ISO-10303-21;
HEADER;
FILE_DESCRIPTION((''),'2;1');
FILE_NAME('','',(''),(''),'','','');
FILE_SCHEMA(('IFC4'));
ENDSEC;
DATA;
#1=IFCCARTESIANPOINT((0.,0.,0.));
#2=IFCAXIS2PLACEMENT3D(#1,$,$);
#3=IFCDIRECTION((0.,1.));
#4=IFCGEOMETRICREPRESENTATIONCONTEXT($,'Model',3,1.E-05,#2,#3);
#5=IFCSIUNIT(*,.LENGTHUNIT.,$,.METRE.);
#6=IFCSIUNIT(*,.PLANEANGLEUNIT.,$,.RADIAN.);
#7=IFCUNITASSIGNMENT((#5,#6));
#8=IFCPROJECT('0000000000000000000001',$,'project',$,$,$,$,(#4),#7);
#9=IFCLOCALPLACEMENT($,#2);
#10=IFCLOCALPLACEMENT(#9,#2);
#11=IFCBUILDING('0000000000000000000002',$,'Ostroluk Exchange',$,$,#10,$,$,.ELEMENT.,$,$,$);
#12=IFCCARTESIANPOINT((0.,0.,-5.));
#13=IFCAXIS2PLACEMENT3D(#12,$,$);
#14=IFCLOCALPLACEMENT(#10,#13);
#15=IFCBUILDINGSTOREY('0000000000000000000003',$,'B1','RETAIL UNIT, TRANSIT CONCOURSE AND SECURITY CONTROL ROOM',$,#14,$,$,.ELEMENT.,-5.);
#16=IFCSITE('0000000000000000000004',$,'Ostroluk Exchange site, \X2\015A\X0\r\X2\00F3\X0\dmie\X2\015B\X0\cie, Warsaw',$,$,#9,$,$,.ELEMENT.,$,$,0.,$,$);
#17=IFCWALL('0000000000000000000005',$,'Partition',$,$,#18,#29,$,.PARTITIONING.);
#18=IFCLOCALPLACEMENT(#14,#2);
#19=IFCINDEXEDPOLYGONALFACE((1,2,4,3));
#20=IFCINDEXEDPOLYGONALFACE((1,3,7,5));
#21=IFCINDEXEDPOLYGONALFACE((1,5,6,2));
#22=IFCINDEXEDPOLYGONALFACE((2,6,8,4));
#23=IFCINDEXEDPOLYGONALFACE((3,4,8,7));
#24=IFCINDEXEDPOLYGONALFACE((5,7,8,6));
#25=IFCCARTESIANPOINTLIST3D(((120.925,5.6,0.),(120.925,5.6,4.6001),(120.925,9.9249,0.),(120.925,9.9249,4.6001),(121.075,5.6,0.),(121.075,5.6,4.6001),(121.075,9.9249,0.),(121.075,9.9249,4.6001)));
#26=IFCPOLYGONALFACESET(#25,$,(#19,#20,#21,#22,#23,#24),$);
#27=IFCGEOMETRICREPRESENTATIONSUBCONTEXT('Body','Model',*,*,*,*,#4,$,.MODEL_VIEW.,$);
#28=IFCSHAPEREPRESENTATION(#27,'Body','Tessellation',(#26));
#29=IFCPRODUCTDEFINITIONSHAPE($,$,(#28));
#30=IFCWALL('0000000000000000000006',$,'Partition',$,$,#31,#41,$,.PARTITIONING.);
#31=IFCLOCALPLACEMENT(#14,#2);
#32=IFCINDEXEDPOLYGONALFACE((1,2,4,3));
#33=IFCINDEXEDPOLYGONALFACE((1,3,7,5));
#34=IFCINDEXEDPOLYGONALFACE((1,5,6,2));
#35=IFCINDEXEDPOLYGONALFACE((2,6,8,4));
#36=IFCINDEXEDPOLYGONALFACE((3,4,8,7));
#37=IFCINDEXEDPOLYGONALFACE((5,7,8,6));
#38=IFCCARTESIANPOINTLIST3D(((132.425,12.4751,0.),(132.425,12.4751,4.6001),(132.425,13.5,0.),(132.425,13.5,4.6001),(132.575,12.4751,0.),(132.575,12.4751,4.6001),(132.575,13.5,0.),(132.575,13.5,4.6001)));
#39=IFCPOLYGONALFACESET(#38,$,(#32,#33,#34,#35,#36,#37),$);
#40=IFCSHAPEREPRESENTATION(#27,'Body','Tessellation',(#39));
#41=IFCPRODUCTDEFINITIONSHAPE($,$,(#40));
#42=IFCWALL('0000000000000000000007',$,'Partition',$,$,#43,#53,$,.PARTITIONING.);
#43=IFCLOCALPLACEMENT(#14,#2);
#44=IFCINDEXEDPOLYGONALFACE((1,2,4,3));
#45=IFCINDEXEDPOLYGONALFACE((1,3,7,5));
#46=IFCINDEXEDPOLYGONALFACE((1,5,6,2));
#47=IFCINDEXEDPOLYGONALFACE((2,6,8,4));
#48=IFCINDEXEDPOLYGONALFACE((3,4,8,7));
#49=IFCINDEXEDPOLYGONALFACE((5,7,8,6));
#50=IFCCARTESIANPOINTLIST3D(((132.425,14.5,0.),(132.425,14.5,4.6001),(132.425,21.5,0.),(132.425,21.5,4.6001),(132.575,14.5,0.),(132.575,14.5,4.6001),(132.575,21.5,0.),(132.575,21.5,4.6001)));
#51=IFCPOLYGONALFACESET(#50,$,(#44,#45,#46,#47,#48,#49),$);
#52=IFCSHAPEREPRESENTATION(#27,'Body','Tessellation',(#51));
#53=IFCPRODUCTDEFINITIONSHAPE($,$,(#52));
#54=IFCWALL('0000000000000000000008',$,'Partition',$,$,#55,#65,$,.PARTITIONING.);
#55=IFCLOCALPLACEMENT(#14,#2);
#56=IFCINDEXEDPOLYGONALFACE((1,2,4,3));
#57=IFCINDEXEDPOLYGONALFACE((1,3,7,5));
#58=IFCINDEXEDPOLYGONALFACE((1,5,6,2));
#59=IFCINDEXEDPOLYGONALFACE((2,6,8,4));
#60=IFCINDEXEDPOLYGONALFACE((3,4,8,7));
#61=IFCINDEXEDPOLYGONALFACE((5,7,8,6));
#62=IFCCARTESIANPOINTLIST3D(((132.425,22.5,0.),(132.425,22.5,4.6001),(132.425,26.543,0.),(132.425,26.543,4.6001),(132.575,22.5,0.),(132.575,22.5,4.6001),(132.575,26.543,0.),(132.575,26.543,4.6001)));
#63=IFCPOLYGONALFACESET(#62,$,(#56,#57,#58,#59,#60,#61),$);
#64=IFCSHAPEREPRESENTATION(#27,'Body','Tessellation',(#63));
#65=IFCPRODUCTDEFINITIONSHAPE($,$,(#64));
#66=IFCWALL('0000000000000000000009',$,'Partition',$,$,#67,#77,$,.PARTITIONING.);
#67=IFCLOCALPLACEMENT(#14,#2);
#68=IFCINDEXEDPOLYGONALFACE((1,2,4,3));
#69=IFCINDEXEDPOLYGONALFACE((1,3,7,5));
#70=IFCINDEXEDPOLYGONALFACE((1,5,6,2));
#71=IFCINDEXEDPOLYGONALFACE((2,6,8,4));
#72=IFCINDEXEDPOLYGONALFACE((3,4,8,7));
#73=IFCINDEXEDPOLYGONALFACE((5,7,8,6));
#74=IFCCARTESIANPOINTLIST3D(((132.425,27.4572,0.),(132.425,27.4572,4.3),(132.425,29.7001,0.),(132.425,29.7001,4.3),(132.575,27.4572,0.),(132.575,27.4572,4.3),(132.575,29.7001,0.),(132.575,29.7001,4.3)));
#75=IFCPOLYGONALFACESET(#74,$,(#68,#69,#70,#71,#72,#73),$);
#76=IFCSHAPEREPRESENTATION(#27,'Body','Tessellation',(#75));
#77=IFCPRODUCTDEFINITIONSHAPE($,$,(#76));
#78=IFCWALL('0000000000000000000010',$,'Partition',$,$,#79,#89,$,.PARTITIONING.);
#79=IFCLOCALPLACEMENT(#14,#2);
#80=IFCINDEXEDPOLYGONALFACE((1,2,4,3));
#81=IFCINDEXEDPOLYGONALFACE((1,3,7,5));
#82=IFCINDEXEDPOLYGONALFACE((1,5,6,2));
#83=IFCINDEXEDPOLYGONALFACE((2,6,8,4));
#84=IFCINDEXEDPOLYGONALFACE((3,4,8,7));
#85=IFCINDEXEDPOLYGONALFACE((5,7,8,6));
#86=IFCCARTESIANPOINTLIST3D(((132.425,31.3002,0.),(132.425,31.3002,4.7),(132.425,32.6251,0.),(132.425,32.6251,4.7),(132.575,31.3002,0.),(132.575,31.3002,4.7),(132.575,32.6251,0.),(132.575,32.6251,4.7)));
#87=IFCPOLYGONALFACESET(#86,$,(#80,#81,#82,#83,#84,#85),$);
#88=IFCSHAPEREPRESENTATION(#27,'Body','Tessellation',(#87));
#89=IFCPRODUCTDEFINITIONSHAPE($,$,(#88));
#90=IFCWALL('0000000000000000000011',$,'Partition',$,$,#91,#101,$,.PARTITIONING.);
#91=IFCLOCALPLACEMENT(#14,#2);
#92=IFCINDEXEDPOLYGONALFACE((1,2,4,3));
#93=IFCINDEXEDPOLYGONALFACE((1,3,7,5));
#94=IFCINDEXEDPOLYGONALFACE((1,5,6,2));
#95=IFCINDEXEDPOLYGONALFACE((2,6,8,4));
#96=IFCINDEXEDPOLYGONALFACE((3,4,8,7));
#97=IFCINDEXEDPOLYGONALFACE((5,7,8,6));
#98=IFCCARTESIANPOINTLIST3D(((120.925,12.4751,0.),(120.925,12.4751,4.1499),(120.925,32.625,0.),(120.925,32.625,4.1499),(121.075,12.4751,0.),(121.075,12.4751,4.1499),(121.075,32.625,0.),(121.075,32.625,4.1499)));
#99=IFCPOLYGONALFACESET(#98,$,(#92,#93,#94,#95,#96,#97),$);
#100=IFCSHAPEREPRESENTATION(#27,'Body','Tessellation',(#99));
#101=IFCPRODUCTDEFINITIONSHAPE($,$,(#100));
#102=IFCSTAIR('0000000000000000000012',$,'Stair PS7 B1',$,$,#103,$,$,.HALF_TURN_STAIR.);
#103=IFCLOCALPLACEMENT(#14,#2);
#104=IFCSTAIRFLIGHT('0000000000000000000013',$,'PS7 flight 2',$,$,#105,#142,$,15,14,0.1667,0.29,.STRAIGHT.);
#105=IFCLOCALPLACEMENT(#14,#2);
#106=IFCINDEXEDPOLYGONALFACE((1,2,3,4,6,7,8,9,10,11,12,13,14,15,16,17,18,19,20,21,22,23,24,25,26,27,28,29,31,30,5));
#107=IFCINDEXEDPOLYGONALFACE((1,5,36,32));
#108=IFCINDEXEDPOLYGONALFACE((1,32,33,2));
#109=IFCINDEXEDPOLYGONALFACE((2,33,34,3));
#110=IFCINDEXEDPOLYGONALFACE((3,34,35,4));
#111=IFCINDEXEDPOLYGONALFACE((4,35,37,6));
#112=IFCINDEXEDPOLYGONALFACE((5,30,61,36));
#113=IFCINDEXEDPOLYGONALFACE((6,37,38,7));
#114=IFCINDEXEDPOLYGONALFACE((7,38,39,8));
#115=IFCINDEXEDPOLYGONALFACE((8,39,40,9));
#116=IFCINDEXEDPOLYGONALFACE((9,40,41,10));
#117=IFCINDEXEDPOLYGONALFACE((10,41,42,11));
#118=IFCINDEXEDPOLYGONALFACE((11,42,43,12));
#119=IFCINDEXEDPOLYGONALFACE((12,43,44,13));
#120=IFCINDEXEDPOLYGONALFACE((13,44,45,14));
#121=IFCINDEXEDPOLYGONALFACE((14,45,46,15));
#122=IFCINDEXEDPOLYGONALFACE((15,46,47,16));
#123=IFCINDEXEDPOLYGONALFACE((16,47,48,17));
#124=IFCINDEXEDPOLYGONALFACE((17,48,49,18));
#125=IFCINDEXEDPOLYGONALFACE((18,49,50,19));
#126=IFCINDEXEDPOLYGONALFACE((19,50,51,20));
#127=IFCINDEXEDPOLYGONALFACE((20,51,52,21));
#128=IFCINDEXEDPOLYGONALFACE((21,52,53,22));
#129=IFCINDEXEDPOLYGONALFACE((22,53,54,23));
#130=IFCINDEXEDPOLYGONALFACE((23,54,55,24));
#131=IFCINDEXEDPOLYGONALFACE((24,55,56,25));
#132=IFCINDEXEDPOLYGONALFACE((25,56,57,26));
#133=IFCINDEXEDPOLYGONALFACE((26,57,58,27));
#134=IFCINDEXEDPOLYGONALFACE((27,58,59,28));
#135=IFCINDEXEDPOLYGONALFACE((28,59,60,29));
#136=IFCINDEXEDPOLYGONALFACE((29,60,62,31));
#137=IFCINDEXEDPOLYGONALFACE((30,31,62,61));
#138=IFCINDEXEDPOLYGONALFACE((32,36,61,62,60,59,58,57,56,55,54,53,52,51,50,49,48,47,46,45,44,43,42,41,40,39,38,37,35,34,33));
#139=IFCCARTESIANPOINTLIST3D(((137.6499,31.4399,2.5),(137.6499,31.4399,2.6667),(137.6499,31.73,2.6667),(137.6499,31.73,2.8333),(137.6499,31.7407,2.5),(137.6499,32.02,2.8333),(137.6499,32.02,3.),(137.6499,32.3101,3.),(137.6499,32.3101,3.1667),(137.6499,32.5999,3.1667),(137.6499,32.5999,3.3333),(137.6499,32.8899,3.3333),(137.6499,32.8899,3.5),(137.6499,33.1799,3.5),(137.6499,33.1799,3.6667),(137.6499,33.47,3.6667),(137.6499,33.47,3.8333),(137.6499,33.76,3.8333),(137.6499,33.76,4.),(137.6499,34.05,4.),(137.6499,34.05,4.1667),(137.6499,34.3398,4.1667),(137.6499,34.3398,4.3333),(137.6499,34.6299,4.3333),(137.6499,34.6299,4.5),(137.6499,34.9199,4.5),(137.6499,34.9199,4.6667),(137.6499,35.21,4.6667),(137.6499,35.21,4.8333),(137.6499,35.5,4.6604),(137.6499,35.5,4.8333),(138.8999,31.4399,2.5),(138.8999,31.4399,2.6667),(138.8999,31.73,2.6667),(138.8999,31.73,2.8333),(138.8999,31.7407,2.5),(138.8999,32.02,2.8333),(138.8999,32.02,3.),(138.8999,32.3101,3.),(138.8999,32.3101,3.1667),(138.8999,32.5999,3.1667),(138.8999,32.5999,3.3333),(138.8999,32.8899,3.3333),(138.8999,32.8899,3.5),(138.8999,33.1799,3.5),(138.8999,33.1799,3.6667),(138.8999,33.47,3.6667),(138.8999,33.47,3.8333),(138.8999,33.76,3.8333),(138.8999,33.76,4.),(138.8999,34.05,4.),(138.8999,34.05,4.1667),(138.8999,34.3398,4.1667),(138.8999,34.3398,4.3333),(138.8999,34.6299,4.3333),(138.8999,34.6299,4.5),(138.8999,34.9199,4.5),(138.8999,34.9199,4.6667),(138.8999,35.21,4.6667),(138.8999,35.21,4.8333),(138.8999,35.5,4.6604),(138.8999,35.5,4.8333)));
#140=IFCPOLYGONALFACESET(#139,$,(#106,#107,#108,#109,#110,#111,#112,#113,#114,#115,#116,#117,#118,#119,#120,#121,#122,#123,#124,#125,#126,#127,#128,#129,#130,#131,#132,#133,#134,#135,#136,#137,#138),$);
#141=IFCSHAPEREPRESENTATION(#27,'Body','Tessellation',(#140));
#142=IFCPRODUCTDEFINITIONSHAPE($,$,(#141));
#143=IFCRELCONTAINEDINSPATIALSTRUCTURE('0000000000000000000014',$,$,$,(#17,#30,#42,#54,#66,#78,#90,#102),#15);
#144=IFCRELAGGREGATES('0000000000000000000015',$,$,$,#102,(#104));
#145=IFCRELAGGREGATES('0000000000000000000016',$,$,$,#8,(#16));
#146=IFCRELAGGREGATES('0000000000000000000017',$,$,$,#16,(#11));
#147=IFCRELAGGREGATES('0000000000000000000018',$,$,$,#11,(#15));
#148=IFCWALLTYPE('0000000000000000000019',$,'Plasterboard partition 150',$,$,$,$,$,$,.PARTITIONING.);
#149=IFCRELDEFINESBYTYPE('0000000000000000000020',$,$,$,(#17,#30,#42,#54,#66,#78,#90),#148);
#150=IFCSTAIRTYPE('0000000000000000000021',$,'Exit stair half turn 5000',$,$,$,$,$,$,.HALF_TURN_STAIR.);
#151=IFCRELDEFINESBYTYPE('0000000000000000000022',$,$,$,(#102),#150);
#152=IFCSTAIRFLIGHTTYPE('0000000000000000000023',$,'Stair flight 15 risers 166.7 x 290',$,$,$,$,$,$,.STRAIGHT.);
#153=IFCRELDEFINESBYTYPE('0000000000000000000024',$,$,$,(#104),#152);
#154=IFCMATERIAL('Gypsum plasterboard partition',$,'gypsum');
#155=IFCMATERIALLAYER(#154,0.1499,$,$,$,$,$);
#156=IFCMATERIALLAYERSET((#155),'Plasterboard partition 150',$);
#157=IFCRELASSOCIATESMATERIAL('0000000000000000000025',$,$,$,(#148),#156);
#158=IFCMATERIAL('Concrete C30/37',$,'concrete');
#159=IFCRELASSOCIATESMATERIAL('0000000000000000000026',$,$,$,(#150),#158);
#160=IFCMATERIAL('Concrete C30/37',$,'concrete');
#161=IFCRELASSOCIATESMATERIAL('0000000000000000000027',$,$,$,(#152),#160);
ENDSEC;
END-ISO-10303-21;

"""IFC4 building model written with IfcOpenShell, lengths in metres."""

from ifc_helpers import new_model, si_unit, direction, frame, frame_2d, origin, place, context, subcontext, project, spatial, polyline, rectangle, outline, extrude, material, layer, layer_set, type_object, element, aggregate, save


model = new_model("IFC4")

# Units and contexts
model_context = context("Model", 3, precision=1e-05, world=origin(), true_north=direction((0.0, 1.0)))
body_context = subcontext(model_context, "Body", "Model", "MODEL_VIEW")
ifc_project = project(units=[si_unit("LENGTHUNIT", "METRE"), si_unit("PLANEANGLEUNIT", "RADIAN")], contexts=[model_context])

# Site, building, storey
site_placement = place(None, origin())
site = spatial("IfcSite", under=ifc_project, at=site_placement, Name="Ostroluk Exchange site, Śródmieście, Warsaw", CompositionType="ELEMENT", RefElevation=0.0)
building_placement = place(site_placement, origin())
building = spatial("IfcBuilding", under=site, at=building_placement, Name="Ostroluk Exchange", CompositionType="ELEMENT")
storey_placement = place(building_placement, frame((0.0, 0.0, -5.0)))
storey = spatial("IfcBuildingStorey", under=building, at=storey_placement, Name="B1", Description="RETAIL UNIT, TRANSIT CONCOURSE AND SECURITY CONTROL ROOM", CompositionType="ELEMENT", Elevation=-5.0)

# Walls
ifc_material_1 = material(Name="Gypsum plasterboard partition", Category="gypsum")
ifc_layer_1 = layer(ifc_material_1, 0.1499)
ifc_layer_set_1 = layer_set([ifc_layer_1], Name="Plasterboard partition 150")
wall_type_1 = type_object("IfcWallType", Name="Plasterboard partition 150", PredefinedType="PARTITIONING", material=ifc_layer_set_1)
wall_1_placement = place(storey_placement, frame((121.0, 9.925, 0.0), z_axis=(0.0, 0.0, 1.0), x_axis=(0.0, -1.0, 0.0)))
element("IfcWall", 1, at=wall_1_placement, inside=storey, type_object=wall_type_1, Name="Partition", PredefinedType="PARTITIONING", context=body_context, shape_type="SweptSolid", body=[
    extrude(rectangle(XDim=4.325, YDim=0.1499, at=frame_2d((2.1626, 0.0))), origin(), (0.0, 0.0, 1.0), 4.6001),
])
wall_2_placement = place(storey_placement, frame((132.5, 12.4751, 0.0), z_axis=(0.0, 0.0, 1.0), x_axis=(0.0, 1.0, 0.0)))
element("IfcWall", 2, at=wall_2_placement, inside=storey, type_object=wall_type_1, Name="Partition", PredefinedType="PARTITIONING", context=body_context, shape_type="SweptSolid", body=[
    extrude(rectangle(XDim=1.0249, YDim=0.1499, at=frame_2d((0.5125, 0.0))), origin(), (0.0, 0.0, 1.0), 4.6001),
])
wall_3_placement = place(storey_placement, frame((132.5, 14.5, 0.0), z_axis=(0.0, 0.0, 1.0), x_axis=(0.0, 1.0, 0.0)))
element("IfcWall", 3, at=wall_3_placement, inside=storey, type_object=wall_type_1, Name="Partition", PredefinedType="PARTITIONING", context=body_context, shape_type="SweptSolid", body=[
    extrude(rectangle(XDim=7.0, YDim=0.1499, at=frame_2d((3.5, 0.0))), origin(), (0.0, 0.0, 1.0), 4.6001),
])
wall_4_placement = place(storey_placement, frame((132.5, 22.5, 0.0), z_axis=(0.0, 0.0, 1.0), x_axis=(0.0, 1.0, 0.0)))
element("IfcWall", 4, at=wall_4_placement, inside=storey, type_object=wall_type_1, Name="Partition", PredefinedType="PARTITIONING", context=body_context, shape_type="SweptSolid", body=[
    extrude(rectangle(XDim=4.043, YDim=0.1499, at=frame_2d((2.0215, 0.0))), origin(), (0.0, 0.0, 1.0), 4.6001),
])
wall_5_placement = place(storey_placement, frame((132.5, 27.457, 0.0), z_axis=(0.0, 0.0, 1.0), x_axis=(0.0, 1.0, 0.0)))
element("IfcWall", 5, at=wall_5_placement, inside=storey, type_object=wall_type_1, Name="Partition", PredefinedType="PARTITIONING", context=body_context, shape_type="SweptSolid", body=[
    extrude(rectangle(XDim=2.2429, YDim=0.1499, at=frame_2d((1.1216, 0.0))), origin(), (0.0, 0.0, 1.0), 4.3),
])
wall_6_placement = place(storey_placement, frame((132.5, 31.3, 0.0), z_axis=(0.0, 0.0, 1.0), x_axis=(0.0, 1.0, 0.0)))
element("IfcWall", 6, at=wall_6_placement, inside=storey, type_object=wall_type_1, Name="Partition", PredefinedType="PARTITIONING", context=body_context, shape_type="SweptSolid", body=[
    extrude(rectangle(XDim=1.325, YDim=0.1499, at=frame_2d((0.6626, 0.0))), origin(), (0.0, 0.0, 1.0), 4.7),
])
wall_7_placement = place(storey_placement, frame((121.0, 12.4751, 0.0), z_axis=(0.0, 0.0, 1.0), x_axis=(0.0, 1.0, 0.0)))
element("IfcWall", 7, at=wall_7_placement, inside=storey, type_object=wall_type_1, Name="Partition", PredefinedType="PARTITIONING", context=body_context, shape_type="SweptSolid", body=[
    extrude(rectangle(XDim=20.1499, YDim=0.1499, at=frame_2d((10.075, 0.0))), origin(), (0.0, 0.0, 1.0), 4.1499),
])

# Stair, stair flight
ifc_material_2 = material(Name="Concrete C30/37", Category="concrete")
stair_type = type_object("IfcStairType", Name="Exit stair half turn 5000", PredefinedType="HALF_TURN_STAIR", material=ifc_material_2)
stair_placement = place(storey_placement, origin())
stair = element("IfcStair", 8, at=stair_placement, inside=storey, type_object=stair_type, Name="Stair PS7 B1", PredefinedType="HALF_TURN_STAIR")
ifc_material_3 = material(Name="Concrete C30/37", Category="concrete")
stair_flight_type = type_object("IfcStairFlightType", Name="Stair flight 15 risers 166.7 x 290", PredefinedType="STRAIGHT", material=ifc_material_3)
stair_flight_placement = place(storey_placement, frame((138.2749, 31.4399, 2.5), z_axis=(0.0, 0.0, 1.0), x_axis=(0.0, 1.0, 0.0)))
stair_flight = element("IfcStairFlight", 9, at=stair_flight_placement, type_object=stair_flight_type, Name="PS7 flight 2", NumberOfRisers=15, NumberOfTreads=14, PredefinedType="STRAIGHT", RiserHeight=0.1667, TreadLength=0.29, context=body_context, shape_type="SweptSolid", body=[
    extrude(outline(polyline([(0.0, 0.0), (0.0, 0.1667), (0.29, 0.1667), (0.29, 0.3333), (0.5801, 0.3333), (0.5801, 0.5), (0.8701, 0.5), (0.8701, 0.6667), (1.1599, 0.6667), (1.1599, 0.8333), (1.45, 0.8333), (1.45, 1.0), (1.74, 1.0), (1.74, 1.1667), (2.03, 1.1667), (2.03, 1.3333), (2.3201, 1.3333), (2.3201, 1.5), (2.6101, 1.5), (2.6101, 1.6667), (2.8999, 1.6667), (2.8999, 1.8333), (3.1899, 1.8333), (3.1899, 2.0), (3.48, 2.0), (3.48, 2.1667), (3.77, 2.1667), (3.77, 2.3333), (4.0601, 2.3333), (4.0601, 2.5), (4.0601, 2.1604), (0.3008, 0.0), (0.0, 0.0)])), frame((0.0, 0.625, 0.0), z_axis=(0.0, -1.0, 0.0), x_axis=(1.0, 0.0, 0.0)), (0.0, 0.0, 1.0), 1.25),
])
aggregate(stair, [stair_flight])

save(model, "model.ifc")
